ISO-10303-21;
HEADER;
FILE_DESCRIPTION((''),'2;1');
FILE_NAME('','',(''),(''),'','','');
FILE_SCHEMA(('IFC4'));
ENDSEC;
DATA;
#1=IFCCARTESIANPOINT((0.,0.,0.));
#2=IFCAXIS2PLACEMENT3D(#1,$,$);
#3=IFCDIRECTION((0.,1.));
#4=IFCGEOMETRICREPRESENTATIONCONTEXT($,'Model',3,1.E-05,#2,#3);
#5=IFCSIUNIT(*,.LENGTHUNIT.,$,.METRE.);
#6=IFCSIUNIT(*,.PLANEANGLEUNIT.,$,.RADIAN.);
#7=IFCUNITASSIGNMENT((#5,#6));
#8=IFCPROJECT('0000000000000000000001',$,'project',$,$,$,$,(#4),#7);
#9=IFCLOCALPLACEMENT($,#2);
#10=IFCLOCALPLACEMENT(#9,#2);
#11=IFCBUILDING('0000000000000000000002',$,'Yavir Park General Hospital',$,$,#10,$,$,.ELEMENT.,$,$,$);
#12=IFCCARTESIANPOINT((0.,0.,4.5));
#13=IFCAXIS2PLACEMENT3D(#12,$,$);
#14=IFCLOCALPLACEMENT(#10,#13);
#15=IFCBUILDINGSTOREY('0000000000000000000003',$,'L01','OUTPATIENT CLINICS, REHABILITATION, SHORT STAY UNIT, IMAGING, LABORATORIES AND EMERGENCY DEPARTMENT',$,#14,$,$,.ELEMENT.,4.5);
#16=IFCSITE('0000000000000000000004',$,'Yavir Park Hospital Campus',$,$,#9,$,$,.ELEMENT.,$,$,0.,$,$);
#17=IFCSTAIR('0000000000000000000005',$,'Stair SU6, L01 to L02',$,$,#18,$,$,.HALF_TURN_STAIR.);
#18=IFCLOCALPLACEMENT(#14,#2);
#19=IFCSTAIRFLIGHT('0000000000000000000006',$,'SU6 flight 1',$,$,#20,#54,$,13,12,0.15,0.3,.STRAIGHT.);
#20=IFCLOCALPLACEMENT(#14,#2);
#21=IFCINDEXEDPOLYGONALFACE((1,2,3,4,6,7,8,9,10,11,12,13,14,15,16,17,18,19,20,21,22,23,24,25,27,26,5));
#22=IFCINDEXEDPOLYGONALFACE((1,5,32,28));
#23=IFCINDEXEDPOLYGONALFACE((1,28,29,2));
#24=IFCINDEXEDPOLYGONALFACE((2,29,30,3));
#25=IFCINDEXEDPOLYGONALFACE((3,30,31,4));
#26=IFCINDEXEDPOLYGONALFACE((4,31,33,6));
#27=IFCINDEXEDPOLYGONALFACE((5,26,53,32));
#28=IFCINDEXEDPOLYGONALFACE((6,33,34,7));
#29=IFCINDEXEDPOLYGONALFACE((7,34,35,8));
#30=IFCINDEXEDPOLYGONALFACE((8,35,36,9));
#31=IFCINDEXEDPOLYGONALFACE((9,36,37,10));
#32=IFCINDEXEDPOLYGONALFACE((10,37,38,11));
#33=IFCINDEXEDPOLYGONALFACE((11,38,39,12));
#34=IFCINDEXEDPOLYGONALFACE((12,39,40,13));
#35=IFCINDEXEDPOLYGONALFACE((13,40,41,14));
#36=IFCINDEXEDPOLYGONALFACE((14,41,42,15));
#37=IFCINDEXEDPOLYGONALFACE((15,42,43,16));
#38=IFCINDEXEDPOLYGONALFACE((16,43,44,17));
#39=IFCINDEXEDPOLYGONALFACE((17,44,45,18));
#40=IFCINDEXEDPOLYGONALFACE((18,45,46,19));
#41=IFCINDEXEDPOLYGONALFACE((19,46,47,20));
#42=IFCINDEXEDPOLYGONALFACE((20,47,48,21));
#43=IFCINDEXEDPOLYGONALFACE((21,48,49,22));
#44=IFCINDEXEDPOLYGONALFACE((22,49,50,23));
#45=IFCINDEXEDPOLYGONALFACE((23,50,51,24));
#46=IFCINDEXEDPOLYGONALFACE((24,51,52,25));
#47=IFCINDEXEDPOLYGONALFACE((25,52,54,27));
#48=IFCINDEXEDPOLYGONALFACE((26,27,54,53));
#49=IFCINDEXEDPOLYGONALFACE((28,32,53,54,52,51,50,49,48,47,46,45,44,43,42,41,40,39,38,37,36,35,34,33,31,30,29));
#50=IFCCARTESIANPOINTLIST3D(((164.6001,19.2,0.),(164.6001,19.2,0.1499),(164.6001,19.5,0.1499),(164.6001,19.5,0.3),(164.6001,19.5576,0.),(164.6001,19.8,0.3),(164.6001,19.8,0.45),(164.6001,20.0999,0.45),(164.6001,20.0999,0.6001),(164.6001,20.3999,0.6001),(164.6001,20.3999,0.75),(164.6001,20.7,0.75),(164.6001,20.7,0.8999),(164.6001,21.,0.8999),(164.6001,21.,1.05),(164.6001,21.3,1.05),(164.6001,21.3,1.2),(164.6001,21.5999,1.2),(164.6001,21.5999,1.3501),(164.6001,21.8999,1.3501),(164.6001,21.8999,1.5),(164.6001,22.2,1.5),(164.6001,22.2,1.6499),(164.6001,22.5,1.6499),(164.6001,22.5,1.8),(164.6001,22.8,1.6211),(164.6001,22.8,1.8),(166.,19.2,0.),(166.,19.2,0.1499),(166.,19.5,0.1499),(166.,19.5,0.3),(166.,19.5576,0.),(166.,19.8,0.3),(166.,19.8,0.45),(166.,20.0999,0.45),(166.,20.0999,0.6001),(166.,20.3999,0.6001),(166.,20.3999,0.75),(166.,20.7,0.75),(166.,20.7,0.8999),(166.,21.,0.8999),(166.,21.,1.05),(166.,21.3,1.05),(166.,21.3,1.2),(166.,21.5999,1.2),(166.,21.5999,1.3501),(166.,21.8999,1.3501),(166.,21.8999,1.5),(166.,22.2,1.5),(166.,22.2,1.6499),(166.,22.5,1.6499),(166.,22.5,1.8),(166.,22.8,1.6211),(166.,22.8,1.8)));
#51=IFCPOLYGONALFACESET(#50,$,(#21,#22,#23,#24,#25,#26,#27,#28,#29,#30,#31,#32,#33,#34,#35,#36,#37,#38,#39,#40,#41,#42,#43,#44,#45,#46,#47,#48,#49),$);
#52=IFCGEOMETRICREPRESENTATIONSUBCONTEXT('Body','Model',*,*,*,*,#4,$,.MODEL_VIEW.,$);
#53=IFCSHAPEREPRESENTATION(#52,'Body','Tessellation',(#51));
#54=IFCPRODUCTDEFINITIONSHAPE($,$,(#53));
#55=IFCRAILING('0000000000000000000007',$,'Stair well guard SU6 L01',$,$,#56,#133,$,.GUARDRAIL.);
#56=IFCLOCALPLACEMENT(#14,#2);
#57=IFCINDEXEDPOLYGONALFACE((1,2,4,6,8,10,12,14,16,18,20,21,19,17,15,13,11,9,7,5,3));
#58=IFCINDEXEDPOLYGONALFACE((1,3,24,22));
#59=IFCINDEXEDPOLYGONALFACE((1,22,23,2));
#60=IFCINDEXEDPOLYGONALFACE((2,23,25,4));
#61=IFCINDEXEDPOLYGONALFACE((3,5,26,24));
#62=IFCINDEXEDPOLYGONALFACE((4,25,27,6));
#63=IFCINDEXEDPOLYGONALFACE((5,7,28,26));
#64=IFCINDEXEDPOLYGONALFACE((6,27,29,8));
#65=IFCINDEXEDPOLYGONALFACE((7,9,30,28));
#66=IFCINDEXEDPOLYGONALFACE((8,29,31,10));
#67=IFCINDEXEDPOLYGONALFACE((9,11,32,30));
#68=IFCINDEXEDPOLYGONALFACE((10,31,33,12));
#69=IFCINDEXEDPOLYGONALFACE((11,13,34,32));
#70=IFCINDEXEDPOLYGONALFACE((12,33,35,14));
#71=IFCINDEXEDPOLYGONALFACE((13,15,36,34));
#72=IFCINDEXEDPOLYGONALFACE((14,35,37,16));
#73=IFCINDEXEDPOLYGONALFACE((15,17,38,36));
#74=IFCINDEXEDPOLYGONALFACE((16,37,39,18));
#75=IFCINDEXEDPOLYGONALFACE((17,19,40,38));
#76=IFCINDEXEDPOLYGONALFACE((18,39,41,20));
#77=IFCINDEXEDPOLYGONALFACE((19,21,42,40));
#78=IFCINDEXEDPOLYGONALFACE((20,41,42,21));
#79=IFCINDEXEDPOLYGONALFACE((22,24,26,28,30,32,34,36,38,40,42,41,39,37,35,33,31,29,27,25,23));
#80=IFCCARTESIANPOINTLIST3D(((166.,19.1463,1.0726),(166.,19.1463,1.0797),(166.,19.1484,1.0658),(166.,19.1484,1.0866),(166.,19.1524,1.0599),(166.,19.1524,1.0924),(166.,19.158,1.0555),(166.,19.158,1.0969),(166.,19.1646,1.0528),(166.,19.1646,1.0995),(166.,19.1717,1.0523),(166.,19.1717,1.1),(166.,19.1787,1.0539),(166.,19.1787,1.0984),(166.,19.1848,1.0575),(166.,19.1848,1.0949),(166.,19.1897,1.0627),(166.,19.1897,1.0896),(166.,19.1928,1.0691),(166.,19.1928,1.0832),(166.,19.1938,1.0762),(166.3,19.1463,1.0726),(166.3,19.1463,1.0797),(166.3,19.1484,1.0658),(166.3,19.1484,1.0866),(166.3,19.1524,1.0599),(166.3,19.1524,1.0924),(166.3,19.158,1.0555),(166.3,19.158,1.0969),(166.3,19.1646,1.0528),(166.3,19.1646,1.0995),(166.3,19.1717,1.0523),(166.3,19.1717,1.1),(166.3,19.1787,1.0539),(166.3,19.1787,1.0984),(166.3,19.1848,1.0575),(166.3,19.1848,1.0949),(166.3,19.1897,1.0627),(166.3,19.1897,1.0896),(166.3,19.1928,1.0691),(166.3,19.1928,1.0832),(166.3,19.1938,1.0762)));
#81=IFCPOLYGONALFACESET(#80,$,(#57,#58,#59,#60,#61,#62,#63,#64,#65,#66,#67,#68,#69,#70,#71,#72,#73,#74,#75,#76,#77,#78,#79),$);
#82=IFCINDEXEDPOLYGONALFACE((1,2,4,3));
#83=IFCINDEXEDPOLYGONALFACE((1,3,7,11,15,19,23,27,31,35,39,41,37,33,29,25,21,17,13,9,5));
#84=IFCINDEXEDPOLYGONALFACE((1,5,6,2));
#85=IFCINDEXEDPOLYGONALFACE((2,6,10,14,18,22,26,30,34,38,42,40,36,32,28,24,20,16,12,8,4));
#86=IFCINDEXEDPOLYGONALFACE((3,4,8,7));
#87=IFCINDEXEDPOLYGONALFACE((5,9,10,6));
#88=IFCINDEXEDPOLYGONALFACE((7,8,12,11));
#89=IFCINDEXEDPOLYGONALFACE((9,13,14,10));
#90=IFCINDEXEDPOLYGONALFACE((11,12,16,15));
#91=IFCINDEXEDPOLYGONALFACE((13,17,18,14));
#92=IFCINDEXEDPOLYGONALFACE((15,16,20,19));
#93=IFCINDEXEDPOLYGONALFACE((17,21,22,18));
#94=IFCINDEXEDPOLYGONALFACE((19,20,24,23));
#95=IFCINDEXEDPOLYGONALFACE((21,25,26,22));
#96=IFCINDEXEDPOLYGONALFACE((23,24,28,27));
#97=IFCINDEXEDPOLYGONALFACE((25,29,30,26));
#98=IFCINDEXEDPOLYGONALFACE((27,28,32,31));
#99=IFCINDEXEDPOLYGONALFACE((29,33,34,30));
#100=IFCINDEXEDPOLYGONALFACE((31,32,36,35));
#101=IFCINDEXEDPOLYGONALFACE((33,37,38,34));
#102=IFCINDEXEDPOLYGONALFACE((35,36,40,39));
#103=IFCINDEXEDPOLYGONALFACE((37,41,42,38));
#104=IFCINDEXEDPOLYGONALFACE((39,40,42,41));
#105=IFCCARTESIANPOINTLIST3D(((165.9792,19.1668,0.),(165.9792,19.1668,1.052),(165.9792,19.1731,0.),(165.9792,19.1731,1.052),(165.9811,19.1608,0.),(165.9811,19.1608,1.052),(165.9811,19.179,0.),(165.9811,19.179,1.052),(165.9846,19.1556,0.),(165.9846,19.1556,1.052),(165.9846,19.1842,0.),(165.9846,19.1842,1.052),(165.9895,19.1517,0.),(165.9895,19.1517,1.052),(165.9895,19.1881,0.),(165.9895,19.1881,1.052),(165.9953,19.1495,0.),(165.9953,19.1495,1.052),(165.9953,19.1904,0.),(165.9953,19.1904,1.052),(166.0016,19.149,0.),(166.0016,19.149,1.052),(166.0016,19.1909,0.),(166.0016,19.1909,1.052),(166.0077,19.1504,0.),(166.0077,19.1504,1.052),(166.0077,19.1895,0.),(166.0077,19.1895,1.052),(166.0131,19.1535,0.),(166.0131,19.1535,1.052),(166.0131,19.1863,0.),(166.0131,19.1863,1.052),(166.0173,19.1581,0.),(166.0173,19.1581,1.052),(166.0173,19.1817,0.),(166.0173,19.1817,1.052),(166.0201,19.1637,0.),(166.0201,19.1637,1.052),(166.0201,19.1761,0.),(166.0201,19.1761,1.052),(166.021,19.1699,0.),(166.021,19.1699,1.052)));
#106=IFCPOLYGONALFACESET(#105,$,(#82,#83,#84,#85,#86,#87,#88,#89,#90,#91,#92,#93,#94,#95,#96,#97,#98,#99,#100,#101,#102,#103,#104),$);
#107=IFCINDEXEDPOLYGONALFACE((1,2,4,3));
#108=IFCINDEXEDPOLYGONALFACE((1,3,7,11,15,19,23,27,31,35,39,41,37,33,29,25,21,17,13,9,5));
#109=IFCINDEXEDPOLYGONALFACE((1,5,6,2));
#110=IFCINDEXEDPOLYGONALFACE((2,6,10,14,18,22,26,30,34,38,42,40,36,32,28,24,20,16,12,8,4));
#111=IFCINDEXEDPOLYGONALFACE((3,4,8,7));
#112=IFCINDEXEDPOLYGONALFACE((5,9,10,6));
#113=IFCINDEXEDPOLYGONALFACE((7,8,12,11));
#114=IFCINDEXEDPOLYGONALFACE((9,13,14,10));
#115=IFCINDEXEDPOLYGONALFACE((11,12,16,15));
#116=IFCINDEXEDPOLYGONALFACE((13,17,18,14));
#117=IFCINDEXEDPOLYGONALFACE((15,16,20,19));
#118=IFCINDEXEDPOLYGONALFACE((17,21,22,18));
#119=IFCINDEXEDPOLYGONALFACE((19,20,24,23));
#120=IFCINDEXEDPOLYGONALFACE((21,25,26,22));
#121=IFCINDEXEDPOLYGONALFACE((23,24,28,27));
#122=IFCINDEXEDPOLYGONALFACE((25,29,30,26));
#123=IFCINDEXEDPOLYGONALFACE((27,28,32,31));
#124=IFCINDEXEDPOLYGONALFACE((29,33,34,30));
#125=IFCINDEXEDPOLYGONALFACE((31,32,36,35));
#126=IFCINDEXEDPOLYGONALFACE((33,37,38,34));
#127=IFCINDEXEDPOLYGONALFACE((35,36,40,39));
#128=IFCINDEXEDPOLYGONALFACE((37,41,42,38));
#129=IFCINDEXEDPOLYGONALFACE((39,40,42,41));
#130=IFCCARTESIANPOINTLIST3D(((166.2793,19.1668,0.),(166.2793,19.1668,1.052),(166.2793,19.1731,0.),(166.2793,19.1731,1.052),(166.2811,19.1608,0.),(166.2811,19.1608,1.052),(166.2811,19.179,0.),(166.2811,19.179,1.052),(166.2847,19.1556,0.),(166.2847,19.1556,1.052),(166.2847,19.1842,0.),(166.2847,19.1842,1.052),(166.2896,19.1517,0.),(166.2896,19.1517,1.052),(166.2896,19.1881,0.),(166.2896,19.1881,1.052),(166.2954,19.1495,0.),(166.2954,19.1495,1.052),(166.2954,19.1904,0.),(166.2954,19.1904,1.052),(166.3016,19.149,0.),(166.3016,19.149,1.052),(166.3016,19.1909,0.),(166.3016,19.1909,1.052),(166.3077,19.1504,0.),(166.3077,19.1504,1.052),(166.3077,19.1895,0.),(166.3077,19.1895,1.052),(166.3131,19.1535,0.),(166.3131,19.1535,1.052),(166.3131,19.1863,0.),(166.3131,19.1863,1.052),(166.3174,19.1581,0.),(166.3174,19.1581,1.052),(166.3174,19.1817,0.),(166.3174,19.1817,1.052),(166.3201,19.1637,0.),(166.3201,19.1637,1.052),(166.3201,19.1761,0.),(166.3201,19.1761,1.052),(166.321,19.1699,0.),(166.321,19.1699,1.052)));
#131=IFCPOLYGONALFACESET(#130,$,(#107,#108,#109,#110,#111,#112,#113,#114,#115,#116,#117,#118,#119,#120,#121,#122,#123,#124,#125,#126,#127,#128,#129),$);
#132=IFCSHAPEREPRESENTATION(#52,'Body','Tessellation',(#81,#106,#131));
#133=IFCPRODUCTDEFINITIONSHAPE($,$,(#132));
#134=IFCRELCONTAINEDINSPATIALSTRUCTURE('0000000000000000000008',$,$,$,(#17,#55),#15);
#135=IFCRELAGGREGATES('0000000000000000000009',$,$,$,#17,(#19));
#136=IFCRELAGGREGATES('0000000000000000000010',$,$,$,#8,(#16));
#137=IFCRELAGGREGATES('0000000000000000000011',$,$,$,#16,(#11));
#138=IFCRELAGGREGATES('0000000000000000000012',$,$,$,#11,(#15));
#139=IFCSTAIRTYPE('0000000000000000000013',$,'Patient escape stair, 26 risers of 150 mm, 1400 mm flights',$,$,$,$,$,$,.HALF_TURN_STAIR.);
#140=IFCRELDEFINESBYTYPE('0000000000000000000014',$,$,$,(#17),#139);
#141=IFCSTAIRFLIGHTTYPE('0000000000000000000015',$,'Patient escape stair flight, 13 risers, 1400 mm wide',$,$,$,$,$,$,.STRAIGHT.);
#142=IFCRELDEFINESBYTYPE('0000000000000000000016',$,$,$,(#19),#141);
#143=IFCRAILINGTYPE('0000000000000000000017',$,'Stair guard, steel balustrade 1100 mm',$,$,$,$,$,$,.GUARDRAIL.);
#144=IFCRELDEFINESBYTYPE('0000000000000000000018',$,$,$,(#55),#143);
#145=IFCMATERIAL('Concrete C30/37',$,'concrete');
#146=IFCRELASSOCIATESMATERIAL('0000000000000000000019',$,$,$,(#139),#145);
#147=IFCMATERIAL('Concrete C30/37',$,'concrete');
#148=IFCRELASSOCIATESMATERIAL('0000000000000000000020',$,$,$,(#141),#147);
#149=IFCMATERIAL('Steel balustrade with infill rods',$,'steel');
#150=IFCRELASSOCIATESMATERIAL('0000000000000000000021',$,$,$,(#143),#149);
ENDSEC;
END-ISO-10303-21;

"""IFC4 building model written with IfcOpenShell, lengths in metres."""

from ifc_helpers import new_model, si_unit, direction, frame, origin, origin_2d, place, context, subcontext, project, spatial, polyline, circle, outline, extrude, material, type_object, element, aggregate, save


model = new_model("IFC4")

# Units and contexts
model_context = context("Model", 3, precision=1e-05, world=origin(), true_north=direction((0.0, 1.0)))
body_context = subcontext(model_context, "Body", "Model", "MODEL_VIEW")
ifc_project = project(units=[si_unit("LENGTHUNIT", "METRE"), si_unit("PLANEANGLEUNIT", "RADIAN")], contexts=[model_context])

# Site, building, storey
site_placement = place(None, origin())
site = spatial("IfcSite", under=ifc_project, at=site_placement, Name="Yavir Park Hospital Campus", CompositionType="ELEMENT", RefElevation=0.0)
building_placement = place(site_placement, origin())
building = spatial("IfcBuilding", under=site, at=building_placement, Name="Yavir Park General Hospital", CompositionType="ELEMENT")
storey_placement = place(building_placement, frame((0.0, 0.0, 4.5)))
storey = spatial("IfcBuildingStorey", under=building, at=storey_placement, Name="L01", Description="OUTPATIENT CLINICS, REHABILITATION, SHORT STAY UNIT, IMAGING, LABORATORIES AND EMERGENCY DEPARTMENT", CompositionType="ELEMENT", Elevation=4.5)

# Stair, stair flight
ifc_material_1 = material(Name="Concrete C30/37", Category="concrete")
stair_type = type_object("IfcStairType", Name="Patient escape stair, 26 risers of 150 mm, 1400 mm flights", PredefinedType="HALF_TURN_STAIR", material=ifc_material_1)
stair_placement = place(storey_placement, origin())
stair = element("IfcStair", 1, at=stair_placement, inside=storey, type_object=stair_type, Name="Stair SU6, L01 to L02", PredefinedType="HALF_TURN_STAIR")
ifc_material_2 = material(Name="Concrete C30/37", Category="concrete")
stair_flight_type = type_object("IfcStairFlightType", Name="Patient escape stair flight, 13 risers, 1400 mm wide", PredefinedType="STRAIGHT", material=ifc_material_2)
stair_flight_placement = place(storey_placement, frame((165.3, 19.2, 0.0), z_axis=(0.0, 0.0, 1.0), x_axis=(0.0, 1.0, 0.0)))
stair_flight = element("IfcStairFlight", 2, at=stair_flight_placement, type_object=stair_flight_type, Name="SU6 flight 1", NumberOfRisers=13, NumberOfTreads=12, PredefinedType="STRAIGHT", RiserHeight=0.15, TreadLength=0.3, context=body_context, shape_type="SweptSolid", body=[
    extrude(outline(polyline([(0.0, 0.0), (0.0, 0.1499), (0.3, 0.1499), (0.3, 0.3), (0.6001, 0.3), (0.6001, 0.45), (0.8999, 0.45), (0.8999, 0.6001), (1.2, 0.6001), (1.2, 0.75), (1.5, 0.75), (1.5, 0.8999), (1.8, 0.8999), (1.8, 1.05), (2.1001, 1.05), (2.1001, 1.2), (2.3999, 1.2), (2.3999, 1.3501), (2.7, 1.3501), (2.7, 1.5), (3.0, 1.5), (3.0, 1.6499), (3.3, 1.6499), (3.3, 1.8), (3.6001, 1.8), (3.6001, 1.95), (3.6001, 1.6211), (0.3577, 0.0), (0.0, 0.0)])), frame((0.0, 0.7, 0.0), z_axis=(0.0, -1.0, 0.0), x_axis=(1.0, 0.0, 0.0)), (0.0, 0.0, 1.0), 1.3999),
])
aggregate(stair, [stair_flight])

# Railing
ifc_material_3 = material(Name="Steel balustrade with infill rods", Category="steel")
railing_type_1 = type_object("IfcRailingType", Name="Stair guard, steel balustrade 1100 mm", PredefinedType="GUARDRAIL", material=ifc_material_3)
railing_placement = place(storey_placement, frame((166.0, 19.1699, 0.0)))
element("IfcRailing", 3, at=railing_placement, inside=storey, type_object=railing_type_1, Name="Stair well guard SU6 L01", PredefinedType="GUARDRAIL", context=body_context, shape_type="SweptSolid", body=[
    extrude(circle(Radius=0.0239, at=origin_2d()), frame((0.0, 0.0, 1.0762), z_axis=(1.0, 0.0, 0.0), x_axis=(0.0, 1.0, 0.0)), (0.0, 0.0, 1.0), 0.3),
    extrude(circle(Radius=0.021, at=origin_2d()), origin(), (0.0, 0.0, 1.0), 1.052),
    extrude(circle(Radius=0.021, at=origin_2d()), frame((0.3, 0.0, 0.0)), (0.0, 0.0, 1.0), 1.052),
])

save(model, "model.ifc")
